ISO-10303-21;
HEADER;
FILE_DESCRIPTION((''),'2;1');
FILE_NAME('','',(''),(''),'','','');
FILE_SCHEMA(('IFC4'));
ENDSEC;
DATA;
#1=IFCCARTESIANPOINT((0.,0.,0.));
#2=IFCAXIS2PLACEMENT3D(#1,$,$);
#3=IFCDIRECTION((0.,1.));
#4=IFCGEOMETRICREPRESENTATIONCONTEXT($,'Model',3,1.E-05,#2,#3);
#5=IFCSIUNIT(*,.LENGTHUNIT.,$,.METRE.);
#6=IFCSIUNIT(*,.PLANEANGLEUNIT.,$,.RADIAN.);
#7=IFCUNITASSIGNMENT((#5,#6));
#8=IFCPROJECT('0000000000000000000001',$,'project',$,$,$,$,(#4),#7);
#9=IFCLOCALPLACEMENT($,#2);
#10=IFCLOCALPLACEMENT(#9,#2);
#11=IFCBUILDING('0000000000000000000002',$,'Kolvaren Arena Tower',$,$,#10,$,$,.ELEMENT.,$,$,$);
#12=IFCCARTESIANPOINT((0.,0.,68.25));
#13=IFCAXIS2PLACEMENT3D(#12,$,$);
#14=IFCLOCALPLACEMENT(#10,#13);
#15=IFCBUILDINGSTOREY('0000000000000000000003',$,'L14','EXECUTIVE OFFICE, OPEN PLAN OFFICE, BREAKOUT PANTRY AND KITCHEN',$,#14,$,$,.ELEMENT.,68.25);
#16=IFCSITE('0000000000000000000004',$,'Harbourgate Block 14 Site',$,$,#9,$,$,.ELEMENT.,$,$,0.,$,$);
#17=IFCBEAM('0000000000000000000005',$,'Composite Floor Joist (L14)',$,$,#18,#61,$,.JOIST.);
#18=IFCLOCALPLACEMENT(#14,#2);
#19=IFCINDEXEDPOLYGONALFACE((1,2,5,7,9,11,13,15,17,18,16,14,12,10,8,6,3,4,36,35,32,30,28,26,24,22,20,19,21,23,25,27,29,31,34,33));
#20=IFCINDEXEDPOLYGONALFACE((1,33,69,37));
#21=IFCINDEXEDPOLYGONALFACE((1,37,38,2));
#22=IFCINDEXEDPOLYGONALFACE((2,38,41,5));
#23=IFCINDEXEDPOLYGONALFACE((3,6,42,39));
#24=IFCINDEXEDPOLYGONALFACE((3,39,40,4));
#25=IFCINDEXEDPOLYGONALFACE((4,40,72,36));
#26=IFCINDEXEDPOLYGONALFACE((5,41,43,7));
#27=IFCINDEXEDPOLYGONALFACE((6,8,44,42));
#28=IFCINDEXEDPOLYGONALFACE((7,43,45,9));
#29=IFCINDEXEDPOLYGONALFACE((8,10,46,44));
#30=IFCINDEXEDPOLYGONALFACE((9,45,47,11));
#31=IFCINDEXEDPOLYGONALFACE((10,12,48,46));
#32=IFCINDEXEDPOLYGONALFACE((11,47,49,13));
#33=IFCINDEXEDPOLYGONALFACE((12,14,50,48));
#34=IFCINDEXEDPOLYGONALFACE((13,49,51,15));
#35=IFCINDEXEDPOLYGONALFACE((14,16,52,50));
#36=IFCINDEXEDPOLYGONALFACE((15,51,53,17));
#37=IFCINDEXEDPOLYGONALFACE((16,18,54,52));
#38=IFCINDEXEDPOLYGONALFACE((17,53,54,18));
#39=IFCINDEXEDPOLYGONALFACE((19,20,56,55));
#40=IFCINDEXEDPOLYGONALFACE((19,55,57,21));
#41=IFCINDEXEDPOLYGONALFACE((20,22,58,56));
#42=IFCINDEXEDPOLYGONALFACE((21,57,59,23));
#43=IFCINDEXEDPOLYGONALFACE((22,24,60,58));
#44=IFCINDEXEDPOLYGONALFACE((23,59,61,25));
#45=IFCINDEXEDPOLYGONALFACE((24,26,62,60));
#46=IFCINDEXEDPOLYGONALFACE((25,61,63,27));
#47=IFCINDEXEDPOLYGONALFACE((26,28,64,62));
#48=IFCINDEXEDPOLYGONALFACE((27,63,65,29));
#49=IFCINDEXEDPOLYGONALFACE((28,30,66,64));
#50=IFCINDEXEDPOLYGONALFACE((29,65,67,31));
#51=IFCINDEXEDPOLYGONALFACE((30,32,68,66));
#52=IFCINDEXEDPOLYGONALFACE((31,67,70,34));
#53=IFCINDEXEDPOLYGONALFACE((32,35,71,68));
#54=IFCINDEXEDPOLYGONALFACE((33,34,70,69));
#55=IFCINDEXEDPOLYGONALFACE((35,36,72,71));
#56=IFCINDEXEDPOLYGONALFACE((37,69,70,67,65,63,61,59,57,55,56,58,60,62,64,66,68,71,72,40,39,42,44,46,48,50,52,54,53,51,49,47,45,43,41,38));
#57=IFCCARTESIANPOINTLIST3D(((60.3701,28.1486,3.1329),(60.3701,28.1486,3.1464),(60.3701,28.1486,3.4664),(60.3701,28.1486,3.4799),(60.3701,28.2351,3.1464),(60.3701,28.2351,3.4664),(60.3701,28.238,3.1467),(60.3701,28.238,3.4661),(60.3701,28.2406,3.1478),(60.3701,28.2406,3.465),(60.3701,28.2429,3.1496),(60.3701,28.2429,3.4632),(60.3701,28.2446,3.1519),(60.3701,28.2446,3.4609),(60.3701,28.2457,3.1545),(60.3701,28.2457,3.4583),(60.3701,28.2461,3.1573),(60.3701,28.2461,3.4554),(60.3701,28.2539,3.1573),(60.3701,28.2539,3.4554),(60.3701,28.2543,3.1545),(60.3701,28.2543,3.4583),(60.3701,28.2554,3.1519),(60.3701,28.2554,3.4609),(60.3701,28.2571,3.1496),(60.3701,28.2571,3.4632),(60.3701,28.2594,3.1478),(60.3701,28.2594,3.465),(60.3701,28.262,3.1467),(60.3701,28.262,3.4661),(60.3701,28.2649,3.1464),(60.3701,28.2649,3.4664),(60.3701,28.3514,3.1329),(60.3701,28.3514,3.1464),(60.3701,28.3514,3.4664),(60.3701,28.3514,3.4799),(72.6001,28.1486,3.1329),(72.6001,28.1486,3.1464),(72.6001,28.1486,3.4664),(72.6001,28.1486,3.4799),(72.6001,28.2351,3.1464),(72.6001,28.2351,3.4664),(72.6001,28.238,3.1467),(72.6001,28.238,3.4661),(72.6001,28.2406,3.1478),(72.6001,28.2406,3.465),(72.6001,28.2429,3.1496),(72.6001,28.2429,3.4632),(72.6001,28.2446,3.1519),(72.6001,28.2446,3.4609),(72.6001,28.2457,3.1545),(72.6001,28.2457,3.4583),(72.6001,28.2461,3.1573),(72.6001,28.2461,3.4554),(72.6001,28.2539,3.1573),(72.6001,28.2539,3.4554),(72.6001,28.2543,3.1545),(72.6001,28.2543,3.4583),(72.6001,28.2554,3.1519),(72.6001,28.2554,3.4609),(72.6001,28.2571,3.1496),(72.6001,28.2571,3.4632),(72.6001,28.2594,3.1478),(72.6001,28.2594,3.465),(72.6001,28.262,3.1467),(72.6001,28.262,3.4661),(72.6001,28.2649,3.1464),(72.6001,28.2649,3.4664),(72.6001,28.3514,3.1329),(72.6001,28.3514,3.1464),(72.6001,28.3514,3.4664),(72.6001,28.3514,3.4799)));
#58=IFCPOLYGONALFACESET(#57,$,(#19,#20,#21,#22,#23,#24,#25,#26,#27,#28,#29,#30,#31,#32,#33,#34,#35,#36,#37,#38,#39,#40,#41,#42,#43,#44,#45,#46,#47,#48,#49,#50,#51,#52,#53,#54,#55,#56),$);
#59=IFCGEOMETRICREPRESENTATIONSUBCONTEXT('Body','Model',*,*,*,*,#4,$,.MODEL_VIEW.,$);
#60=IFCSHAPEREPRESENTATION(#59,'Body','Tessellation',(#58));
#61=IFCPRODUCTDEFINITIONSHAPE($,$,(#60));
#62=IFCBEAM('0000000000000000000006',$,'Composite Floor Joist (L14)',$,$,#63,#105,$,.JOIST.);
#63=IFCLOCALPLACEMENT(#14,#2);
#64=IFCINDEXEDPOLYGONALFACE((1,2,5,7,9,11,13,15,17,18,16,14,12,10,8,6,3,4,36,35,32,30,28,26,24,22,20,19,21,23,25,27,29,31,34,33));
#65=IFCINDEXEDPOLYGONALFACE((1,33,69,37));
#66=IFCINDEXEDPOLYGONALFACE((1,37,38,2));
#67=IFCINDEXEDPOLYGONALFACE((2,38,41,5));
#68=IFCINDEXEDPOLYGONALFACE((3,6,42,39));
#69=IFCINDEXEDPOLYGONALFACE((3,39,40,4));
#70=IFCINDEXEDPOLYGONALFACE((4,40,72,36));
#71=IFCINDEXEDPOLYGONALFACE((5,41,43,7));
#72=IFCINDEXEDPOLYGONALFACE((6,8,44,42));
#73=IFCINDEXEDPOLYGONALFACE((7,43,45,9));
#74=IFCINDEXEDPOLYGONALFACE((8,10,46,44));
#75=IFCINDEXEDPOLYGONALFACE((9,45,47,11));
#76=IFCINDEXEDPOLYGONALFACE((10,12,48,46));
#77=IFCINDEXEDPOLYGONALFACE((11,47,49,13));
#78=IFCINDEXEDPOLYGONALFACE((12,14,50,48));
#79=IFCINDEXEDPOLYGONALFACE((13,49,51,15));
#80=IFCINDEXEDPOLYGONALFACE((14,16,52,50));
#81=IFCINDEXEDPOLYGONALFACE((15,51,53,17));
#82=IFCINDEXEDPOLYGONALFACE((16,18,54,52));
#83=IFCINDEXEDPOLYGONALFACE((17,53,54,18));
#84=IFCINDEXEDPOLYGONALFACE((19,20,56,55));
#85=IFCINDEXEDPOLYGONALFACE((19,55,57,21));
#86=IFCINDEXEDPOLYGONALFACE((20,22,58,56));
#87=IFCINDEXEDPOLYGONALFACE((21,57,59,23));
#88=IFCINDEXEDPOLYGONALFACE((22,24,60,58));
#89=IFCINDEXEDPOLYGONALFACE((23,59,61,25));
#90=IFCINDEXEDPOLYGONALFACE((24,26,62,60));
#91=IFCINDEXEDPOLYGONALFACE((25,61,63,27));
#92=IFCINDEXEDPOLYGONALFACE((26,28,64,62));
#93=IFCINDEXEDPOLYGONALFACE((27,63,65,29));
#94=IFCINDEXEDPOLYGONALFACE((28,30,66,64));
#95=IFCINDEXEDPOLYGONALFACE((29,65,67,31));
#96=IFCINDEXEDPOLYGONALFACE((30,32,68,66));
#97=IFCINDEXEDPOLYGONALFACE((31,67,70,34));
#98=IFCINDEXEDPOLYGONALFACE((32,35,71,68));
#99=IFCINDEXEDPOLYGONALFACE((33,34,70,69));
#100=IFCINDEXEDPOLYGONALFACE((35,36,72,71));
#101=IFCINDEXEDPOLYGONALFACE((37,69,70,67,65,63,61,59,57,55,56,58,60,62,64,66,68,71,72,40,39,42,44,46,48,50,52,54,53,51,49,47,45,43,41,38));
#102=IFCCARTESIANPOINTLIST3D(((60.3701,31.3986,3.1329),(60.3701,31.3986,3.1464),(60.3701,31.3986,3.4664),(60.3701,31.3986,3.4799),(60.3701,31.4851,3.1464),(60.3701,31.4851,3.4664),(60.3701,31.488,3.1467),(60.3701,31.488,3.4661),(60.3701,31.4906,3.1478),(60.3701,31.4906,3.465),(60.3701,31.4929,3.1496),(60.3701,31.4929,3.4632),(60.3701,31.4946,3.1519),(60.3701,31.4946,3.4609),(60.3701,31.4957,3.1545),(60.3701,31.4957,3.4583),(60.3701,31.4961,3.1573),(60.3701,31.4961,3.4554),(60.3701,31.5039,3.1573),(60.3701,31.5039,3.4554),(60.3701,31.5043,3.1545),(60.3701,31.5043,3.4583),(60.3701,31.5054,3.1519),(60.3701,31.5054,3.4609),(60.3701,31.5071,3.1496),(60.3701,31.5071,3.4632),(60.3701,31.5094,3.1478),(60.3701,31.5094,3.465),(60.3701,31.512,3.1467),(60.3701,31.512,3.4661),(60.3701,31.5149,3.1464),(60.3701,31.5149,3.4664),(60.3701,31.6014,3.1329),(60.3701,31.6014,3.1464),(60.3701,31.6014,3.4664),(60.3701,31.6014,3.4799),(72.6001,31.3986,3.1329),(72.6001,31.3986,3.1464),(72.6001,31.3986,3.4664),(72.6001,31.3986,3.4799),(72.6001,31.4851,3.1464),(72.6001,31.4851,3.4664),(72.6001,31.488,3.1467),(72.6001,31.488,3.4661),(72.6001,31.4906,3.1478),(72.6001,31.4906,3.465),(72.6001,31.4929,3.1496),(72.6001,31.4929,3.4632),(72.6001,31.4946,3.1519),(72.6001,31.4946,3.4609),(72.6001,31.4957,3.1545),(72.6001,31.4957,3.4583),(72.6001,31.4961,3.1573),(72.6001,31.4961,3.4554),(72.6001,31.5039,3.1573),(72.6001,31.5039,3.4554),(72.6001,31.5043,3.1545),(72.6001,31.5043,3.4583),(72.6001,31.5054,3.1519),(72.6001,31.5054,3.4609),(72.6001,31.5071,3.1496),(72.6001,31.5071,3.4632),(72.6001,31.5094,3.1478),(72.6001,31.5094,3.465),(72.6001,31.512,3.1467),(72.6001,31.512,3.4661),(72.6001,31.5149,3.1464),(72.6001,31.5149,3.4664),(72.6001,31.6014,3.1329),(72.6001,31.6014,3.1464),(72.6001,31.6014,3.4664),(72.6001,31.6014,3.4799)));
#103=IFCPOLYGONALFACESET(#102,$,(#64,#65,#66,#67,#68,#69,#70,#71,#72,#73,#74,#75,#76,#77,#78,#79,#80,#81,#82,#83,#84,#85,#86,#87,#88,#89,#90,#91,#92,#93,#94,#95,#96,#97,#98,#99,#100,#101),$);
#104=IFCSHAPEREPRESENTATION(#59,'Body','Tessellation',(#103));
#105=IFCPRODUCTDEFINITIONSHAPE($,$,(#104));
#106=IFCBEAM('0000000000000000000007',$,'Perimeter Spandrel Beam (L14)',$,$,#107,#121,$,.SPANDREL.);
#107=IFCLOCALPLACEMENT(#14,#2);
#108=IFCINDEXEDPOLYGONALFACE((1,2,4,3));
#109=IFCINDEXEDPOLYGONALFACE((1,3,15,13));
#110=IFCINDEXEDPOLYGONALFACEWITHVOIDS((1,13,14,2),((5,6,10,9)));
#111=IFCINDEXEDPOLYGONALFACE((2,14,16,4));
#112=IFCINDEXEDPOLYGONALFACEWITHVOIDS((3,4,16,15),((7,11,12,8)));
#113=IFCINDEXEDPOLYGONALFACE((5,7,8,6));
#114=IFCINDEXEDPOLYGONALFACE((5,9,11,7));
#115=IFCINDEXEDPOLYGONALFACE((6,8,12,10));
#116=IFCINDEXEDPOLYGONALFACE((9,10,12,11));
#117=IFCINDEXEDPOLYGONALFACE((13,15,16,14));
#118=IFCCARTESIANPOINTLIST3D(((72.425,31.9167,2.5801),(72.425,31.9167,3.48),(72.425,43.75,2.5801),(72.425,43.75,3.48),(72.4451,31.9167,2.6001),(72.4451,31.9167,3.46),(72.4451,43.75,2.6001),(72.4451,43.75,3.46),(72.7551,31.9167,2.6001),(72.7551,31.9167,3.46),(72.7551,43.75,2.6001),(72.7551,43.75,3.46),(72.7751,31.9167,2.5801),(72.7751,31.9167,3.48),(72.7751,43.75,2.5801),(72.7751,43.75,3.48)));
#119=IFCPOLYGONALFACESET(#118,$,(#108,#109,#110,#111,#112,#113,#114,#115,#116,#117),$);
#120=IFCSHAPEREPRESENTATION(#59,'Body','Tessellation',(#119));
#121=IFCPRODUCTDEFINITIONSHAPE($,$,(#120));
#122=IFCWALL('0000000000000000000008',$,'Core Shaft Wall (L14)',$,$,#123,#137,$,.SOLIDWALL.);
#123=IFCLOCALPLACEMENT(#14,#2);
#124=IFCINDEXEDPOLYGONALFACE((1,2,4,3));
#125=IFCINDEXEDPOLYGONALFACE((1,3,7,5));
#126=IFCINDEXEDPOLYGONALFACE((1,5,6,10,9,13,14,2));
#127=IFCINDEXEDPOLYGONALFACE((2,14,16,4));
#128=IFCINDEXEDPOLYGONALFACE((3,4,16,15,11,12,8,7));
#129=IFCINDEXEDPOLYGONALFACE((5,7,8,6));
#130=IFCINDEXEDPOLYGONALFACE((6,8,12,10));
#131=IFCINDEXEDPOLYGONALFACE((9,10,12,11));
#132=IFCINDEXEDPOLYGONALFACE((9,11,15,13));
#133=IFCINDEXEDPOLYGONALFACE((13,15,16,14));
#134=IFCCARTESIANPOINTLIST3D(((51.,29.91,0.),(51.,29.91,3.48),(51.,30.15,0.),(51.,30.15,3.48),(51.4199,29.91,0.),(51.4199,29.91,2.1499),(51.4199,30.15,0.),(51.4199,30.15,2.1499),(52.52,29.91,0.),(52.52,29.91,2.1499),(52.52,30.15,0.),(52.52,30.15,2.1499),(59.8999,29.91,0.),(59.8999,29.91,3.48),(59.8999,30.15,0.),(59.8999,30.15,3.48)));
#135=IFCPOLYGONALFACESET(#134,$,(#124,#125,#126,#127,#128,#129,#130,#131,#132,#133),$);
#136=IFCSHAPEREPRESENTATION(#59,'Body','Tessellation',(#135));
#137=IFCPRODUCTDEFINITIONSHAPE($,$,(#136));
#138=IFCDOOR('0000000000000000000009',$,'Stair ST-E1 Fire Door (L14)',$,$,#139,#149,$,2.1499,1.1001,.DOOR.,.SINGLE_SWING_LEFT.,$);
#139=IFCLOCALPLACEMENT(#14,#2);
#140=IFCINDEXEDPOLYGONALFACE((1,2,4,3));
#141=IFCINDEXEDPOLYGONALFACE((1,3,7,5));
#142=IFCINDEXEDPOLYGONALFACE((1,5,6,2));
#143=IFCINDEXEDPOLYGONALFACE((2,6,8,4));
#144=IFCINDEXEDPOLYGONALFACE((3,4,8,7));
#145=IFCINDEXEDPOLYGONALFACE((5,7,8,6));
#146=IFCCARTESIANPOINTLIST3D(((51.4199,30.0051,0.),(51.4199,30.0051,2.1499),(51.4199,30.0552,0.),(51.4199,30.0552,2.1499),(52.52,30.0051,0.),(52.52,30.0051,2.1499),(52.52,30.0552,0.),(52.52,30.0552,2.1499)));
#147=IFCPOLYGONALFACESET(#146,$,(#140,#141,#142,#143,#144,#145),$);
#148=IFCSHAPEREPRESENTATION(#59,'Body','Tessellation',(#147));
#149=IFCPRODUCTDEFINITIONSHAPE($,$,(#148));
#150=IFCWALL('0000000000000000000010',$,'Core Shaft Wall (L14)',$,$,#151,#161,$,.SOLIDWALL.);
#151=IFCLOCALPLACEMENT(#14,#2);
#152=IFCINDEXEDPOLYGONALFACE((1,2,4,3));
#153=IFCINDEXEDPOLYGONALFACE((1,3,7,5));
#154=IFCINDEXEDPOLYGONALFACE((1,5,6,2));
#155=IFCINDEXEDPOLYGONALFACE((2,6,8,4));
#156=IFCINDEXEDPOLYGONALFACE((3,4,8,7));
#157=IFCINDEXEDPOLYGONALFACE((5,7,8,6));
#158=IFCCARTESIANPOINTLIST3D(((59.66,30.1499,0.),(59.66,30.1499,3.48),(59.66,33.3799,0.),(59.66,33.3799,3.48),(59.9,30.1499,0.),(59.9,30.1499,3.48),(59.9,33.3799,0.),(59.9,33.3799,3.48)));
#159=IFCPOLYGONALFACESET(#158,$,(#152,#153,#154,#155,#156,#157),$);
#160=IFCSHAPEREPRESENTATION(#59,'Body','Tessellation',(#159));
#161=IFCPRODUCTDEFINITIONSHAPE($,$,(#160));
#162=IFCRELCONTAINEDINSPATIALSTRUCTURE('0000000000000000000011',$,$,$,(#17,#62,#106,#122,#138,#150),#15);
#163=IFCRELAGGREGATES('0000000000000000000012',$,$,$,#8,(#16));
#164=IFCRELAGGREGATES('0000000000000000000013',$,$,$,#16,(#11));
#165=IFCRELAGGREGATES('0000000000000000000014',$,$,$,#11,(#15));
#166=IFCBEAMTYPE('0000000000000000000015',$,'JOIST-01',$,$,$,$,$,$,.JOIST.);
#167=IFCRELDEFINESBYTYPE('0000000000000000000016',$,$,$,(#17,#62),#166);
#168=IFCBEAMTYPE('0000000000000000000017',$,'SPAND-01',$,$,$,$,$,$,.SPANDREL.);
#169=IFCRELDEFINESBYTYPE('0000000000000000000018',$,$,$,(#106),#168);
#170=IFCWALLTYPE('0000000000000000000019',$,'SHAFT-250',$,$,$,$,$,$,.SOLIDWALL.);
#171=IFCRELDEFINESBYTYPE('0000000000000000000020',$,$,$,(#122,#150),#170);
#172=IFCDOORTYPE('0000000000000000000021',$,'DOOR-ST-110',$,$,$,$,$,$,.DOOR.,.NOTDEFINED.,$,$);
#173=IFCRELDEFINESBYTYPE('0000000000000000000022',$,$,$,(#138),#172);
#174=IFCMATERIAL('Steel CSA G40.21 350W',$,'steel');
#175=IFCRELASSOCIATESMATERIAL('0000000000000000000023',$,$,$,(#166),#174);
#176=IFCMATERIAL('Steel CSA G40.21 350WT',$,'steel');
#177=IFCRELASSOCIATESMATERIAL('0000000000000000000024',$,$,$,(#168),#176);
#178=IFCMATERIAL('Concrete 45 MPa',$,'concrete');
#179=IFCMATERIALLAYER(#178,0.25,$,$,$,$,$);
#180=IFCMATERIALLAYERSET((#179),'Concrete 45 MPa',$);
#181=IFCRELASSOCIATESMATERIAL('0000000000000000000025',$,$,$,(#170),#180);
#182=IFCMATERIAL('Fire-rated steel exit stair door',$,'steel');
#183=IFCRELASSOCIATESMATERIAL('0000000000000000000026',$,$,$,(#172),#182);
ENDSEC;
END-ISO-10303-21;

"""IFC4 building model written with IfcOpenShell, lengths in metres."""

from ifc_helpers import new_model, si_unit, direction, frame, frame_2d, origin, origin_2d, place, context, subcontext, project, spatial, rectangle, hollow_rectangle, i_section, extrude, material, layer, layer_set, material_profile, profile_set, type_object, element, fill, save


model = new_model("IFC4")

# Units and contexts
model_context = context("Model", 3, precision=1e-05, world=origin(), true_north=direction((0.0, 1.0)))
body_context = subcontext(model_context, "Body", "Model", "MODEL_VIEW")
ifc_project = project(units=[si_unit("LENGTHUNIT", "METRE"), si_unit("PLANEANGLEUNIT", "RADIAN")], contexts=[model_context])

# Site, building, storey
site_placement = place(None, origin())
site = spatial("IfcSite", under=ifc_project, at=site_placement, Name="Harbourgate Block 14 Site", CompositionType="ELEMENT", RefElevation=0.0)
building_placement = place(site_placement, origin())
building = spatial("IfcBuilding", under=site, at=building_placement, Name="Kolvaren Arena Tower", CompositionType="ELEMENT")
storey_placement = place(building_placement, frame((0.0, 0.0, 68.25)))
storey = spatial("IfcBuildingStorey", under=building, at=storey_placement, Name="L14", Description="EXECUTIVE OFFICE, OPEN PLAN OFFICE, BREAKOUT PANTRY AND KITCHEN", CompositionType="ELEMENT", Elevation=68.25)

# Beams
ifc_material_1 = material(Name="Steel CSA G40.21 350W", Category="steel")
ifc_material_profile_1 = material_profile(ifc_material_1, i_section(OverallWidth=0.2029, OverallDepth=0.3469, WebThickness=0.0078, FlangeThickness=0.0134, FilletRadius=0.011, at=origin_2d()), Name="W360x64")
ifc_profile_set_1 = profile_set([ifc_material_profile_1], Name="Steel CSA G40.21 350W")
beam_type_1 = type_object("IfcBeamType", Name="JOIST-01", PredefinedType="JOIST", material=ifc_profile_set_1)
for number, where, z_axis, x_axis, name in (
    (1, (60.3701, 28.25, 3.3064), (1.0, 0.0, 0.0), (0.0, 1.0, 0.0), "Composite Floor Joist (L14)"),
    (2, (60.3701, 31.5, 3.3064), (1.0, 0.0, 0.0), (0.0, 1.0, 0.0), "Composite Floor Joist (L14)"),
):
    element("IfcBeam", number, at=place(storey_placement, frame(where, z_axis=z_axis, x_axis=x_axis)), inside=storey, type_object=beam_type_1, Name=name, PredefinedType="JOIST", context=body_context, shape_type="SweptSolid", body=[
        extrude(i_section(OverallWidth=0.2029, OverallDepth=0.3469, WebThickness=0.0078, FlangeThickness=0.0134, FilletRadius=0.011, at=origin_2d()), origin(), (0.0, 0.0, 1.0), 12.23),
    ])
ifc_material_2 = material(Name="Steel CSA G40.21 350WT", Category="steel")
ifc_material_profile_2 = material_profile(ifc_material_2, hollow_rectangle(XDim=0.3501, YDim=0.8999, WallThickness=0.02, at=origin_2d()), Name="HSS 900x350x20")
ifc_profile_set_2 = profile_set([ifc_material_profile_2], Name="Steel CSA G40.21 350WT")
beam_type_2 = type_object("IfcBeamType", Name="SPAND-01", PredefinedType="SPANDREL", material=ifc_profile_set_2)
beam_1_placement = place(storey_placement, frame((72.6001, 31.9167, 3.03), z_axis=(0.0, 1.0, 0.0), x_axis=(-1.0, 0.0, 0.0)))
element("IfcBeam", 3, at=beam_1_placement, inside=storey, type_object=beam_type_2, Name="Perimeter Spandrel Beam (L14)", PredefinedType="SPANDREL", context=body_context, shape_type="SweptSolid", body=[
    extrude(hollow_rectangle(XDim=0.3501, YDim=0.8999, WallThickness=0.02, at=origin_2d()), origin(), (0.0, 0.0, 1.0), 11.8333),
])

# Wall, opening, door
ifc_material_3 = material(Name="Concrete 45 MPa", Category="concrete")
ifc_layer = layer(ifc_material_3, 0.25)
ifc_layer_set = layer_set([ifc_layer], Name="Concrete 45 MPa")
wall_type = type_object("IfcWallType", Name="SHAFT-250", PredefinedType="SOLIDWALL", material=ifc_layer_set)
wall_1_placement = place(storey_placement, frame((59.8999, 30.03, 0.0), z_axis=(0.0, 0.0, 1.0), x_axis=(-1.0, 0.0, 0.0)))
wall_1 = element("IfcWall", 4, at=wall_1_placement, inside=storey, type_object=wall_type, Name="Core Shaft Wall (L14)", PredefinedType="SOLIDWALL", context=body_context, shape_type="SweptSolid", body=[
    extrude(rectangle(XDim=8.8999, YDim=0.24, at=frame_2d((4.45, 0.0))), origin(), (0.0, 0.0, 1.0), 3.48),
])
opening_1_placement = place(wall_1_placement, frame((7.3799, 0.0, 0.0)))
opening_1 = element("IfcOpeningElement", 5, at=opening_1_placement, cuts=wall_1, PredefinedType="OPENING", context=body_context, shape_type="SweptSolid", body=[
    extrude(rectangle(XDim=1.1001, YDim=2.1499, at=frame_2d((0.55, 1.075))), frame((0.0, 0.1299, 0.0), z_axis=(0.0, -1.0, 0.0), x_axis=(1.0, 0.0, 0.0)), (0.0, 0.0, 1.0), 0.26),
])
ifc_material_4 = material(Name="Fire-rated steel exit stair door", Category="steel")
door_type = type_object("IfcDoorType", Name="DOOR-ST-110", OperationType="NOTDEFINED", PredefinedType="DOOR", material=ifc_material_4)
door_1_placement = place(opening_1_placement, origin())
door_1 = element("IfcDoor", 6, at=door_1_placement, inside=storey, type_object=door_type, Name="Stair ST-E1 Fire Door (L14)", OperationType="SINGLE_SWING_LEFT", OverallHeight=2.1499, OverallWidth=1.1001, PredefinedType="DOOR", context=body_context, shape_type="SweptSolid", body=[
    extrude(rectangle(XDim=1.1001, YDim=2.1499, at=frame_2d((0.55, 1.075))), frame((0.0, 0.0249, 0.0), z_axis=(0.0, -1.0, 0.0), x_axis=(1.0, 0.0, 0.0)), (0.0, 0.0, 1.0), 0.05),
])
fill(opening_1, door_1)

# Wall
wall_2_placement = place(storey_placement, frame((59.78, 30.1499, 0.0), z_axis=(0.0, 0.0, 1.0), x_axis=(0.0, 1.0, 0.0)))
element("IfcWall", 7, at=wall_2_placement, inside=storey, type_object=wall_type, Name="Core Shaft Wall (L14)", PredefinedType="SOLIDWALL", context=body_context, shape_type="SweptSolid", body=[
    extrude(rectangle(XDim=3.23, YDim=0.24, at=frame_2d((1.615, 0.0))), origin(), (0.0, 0.0, 1.0), 3.48),
])

save(model, "model.ifc")
